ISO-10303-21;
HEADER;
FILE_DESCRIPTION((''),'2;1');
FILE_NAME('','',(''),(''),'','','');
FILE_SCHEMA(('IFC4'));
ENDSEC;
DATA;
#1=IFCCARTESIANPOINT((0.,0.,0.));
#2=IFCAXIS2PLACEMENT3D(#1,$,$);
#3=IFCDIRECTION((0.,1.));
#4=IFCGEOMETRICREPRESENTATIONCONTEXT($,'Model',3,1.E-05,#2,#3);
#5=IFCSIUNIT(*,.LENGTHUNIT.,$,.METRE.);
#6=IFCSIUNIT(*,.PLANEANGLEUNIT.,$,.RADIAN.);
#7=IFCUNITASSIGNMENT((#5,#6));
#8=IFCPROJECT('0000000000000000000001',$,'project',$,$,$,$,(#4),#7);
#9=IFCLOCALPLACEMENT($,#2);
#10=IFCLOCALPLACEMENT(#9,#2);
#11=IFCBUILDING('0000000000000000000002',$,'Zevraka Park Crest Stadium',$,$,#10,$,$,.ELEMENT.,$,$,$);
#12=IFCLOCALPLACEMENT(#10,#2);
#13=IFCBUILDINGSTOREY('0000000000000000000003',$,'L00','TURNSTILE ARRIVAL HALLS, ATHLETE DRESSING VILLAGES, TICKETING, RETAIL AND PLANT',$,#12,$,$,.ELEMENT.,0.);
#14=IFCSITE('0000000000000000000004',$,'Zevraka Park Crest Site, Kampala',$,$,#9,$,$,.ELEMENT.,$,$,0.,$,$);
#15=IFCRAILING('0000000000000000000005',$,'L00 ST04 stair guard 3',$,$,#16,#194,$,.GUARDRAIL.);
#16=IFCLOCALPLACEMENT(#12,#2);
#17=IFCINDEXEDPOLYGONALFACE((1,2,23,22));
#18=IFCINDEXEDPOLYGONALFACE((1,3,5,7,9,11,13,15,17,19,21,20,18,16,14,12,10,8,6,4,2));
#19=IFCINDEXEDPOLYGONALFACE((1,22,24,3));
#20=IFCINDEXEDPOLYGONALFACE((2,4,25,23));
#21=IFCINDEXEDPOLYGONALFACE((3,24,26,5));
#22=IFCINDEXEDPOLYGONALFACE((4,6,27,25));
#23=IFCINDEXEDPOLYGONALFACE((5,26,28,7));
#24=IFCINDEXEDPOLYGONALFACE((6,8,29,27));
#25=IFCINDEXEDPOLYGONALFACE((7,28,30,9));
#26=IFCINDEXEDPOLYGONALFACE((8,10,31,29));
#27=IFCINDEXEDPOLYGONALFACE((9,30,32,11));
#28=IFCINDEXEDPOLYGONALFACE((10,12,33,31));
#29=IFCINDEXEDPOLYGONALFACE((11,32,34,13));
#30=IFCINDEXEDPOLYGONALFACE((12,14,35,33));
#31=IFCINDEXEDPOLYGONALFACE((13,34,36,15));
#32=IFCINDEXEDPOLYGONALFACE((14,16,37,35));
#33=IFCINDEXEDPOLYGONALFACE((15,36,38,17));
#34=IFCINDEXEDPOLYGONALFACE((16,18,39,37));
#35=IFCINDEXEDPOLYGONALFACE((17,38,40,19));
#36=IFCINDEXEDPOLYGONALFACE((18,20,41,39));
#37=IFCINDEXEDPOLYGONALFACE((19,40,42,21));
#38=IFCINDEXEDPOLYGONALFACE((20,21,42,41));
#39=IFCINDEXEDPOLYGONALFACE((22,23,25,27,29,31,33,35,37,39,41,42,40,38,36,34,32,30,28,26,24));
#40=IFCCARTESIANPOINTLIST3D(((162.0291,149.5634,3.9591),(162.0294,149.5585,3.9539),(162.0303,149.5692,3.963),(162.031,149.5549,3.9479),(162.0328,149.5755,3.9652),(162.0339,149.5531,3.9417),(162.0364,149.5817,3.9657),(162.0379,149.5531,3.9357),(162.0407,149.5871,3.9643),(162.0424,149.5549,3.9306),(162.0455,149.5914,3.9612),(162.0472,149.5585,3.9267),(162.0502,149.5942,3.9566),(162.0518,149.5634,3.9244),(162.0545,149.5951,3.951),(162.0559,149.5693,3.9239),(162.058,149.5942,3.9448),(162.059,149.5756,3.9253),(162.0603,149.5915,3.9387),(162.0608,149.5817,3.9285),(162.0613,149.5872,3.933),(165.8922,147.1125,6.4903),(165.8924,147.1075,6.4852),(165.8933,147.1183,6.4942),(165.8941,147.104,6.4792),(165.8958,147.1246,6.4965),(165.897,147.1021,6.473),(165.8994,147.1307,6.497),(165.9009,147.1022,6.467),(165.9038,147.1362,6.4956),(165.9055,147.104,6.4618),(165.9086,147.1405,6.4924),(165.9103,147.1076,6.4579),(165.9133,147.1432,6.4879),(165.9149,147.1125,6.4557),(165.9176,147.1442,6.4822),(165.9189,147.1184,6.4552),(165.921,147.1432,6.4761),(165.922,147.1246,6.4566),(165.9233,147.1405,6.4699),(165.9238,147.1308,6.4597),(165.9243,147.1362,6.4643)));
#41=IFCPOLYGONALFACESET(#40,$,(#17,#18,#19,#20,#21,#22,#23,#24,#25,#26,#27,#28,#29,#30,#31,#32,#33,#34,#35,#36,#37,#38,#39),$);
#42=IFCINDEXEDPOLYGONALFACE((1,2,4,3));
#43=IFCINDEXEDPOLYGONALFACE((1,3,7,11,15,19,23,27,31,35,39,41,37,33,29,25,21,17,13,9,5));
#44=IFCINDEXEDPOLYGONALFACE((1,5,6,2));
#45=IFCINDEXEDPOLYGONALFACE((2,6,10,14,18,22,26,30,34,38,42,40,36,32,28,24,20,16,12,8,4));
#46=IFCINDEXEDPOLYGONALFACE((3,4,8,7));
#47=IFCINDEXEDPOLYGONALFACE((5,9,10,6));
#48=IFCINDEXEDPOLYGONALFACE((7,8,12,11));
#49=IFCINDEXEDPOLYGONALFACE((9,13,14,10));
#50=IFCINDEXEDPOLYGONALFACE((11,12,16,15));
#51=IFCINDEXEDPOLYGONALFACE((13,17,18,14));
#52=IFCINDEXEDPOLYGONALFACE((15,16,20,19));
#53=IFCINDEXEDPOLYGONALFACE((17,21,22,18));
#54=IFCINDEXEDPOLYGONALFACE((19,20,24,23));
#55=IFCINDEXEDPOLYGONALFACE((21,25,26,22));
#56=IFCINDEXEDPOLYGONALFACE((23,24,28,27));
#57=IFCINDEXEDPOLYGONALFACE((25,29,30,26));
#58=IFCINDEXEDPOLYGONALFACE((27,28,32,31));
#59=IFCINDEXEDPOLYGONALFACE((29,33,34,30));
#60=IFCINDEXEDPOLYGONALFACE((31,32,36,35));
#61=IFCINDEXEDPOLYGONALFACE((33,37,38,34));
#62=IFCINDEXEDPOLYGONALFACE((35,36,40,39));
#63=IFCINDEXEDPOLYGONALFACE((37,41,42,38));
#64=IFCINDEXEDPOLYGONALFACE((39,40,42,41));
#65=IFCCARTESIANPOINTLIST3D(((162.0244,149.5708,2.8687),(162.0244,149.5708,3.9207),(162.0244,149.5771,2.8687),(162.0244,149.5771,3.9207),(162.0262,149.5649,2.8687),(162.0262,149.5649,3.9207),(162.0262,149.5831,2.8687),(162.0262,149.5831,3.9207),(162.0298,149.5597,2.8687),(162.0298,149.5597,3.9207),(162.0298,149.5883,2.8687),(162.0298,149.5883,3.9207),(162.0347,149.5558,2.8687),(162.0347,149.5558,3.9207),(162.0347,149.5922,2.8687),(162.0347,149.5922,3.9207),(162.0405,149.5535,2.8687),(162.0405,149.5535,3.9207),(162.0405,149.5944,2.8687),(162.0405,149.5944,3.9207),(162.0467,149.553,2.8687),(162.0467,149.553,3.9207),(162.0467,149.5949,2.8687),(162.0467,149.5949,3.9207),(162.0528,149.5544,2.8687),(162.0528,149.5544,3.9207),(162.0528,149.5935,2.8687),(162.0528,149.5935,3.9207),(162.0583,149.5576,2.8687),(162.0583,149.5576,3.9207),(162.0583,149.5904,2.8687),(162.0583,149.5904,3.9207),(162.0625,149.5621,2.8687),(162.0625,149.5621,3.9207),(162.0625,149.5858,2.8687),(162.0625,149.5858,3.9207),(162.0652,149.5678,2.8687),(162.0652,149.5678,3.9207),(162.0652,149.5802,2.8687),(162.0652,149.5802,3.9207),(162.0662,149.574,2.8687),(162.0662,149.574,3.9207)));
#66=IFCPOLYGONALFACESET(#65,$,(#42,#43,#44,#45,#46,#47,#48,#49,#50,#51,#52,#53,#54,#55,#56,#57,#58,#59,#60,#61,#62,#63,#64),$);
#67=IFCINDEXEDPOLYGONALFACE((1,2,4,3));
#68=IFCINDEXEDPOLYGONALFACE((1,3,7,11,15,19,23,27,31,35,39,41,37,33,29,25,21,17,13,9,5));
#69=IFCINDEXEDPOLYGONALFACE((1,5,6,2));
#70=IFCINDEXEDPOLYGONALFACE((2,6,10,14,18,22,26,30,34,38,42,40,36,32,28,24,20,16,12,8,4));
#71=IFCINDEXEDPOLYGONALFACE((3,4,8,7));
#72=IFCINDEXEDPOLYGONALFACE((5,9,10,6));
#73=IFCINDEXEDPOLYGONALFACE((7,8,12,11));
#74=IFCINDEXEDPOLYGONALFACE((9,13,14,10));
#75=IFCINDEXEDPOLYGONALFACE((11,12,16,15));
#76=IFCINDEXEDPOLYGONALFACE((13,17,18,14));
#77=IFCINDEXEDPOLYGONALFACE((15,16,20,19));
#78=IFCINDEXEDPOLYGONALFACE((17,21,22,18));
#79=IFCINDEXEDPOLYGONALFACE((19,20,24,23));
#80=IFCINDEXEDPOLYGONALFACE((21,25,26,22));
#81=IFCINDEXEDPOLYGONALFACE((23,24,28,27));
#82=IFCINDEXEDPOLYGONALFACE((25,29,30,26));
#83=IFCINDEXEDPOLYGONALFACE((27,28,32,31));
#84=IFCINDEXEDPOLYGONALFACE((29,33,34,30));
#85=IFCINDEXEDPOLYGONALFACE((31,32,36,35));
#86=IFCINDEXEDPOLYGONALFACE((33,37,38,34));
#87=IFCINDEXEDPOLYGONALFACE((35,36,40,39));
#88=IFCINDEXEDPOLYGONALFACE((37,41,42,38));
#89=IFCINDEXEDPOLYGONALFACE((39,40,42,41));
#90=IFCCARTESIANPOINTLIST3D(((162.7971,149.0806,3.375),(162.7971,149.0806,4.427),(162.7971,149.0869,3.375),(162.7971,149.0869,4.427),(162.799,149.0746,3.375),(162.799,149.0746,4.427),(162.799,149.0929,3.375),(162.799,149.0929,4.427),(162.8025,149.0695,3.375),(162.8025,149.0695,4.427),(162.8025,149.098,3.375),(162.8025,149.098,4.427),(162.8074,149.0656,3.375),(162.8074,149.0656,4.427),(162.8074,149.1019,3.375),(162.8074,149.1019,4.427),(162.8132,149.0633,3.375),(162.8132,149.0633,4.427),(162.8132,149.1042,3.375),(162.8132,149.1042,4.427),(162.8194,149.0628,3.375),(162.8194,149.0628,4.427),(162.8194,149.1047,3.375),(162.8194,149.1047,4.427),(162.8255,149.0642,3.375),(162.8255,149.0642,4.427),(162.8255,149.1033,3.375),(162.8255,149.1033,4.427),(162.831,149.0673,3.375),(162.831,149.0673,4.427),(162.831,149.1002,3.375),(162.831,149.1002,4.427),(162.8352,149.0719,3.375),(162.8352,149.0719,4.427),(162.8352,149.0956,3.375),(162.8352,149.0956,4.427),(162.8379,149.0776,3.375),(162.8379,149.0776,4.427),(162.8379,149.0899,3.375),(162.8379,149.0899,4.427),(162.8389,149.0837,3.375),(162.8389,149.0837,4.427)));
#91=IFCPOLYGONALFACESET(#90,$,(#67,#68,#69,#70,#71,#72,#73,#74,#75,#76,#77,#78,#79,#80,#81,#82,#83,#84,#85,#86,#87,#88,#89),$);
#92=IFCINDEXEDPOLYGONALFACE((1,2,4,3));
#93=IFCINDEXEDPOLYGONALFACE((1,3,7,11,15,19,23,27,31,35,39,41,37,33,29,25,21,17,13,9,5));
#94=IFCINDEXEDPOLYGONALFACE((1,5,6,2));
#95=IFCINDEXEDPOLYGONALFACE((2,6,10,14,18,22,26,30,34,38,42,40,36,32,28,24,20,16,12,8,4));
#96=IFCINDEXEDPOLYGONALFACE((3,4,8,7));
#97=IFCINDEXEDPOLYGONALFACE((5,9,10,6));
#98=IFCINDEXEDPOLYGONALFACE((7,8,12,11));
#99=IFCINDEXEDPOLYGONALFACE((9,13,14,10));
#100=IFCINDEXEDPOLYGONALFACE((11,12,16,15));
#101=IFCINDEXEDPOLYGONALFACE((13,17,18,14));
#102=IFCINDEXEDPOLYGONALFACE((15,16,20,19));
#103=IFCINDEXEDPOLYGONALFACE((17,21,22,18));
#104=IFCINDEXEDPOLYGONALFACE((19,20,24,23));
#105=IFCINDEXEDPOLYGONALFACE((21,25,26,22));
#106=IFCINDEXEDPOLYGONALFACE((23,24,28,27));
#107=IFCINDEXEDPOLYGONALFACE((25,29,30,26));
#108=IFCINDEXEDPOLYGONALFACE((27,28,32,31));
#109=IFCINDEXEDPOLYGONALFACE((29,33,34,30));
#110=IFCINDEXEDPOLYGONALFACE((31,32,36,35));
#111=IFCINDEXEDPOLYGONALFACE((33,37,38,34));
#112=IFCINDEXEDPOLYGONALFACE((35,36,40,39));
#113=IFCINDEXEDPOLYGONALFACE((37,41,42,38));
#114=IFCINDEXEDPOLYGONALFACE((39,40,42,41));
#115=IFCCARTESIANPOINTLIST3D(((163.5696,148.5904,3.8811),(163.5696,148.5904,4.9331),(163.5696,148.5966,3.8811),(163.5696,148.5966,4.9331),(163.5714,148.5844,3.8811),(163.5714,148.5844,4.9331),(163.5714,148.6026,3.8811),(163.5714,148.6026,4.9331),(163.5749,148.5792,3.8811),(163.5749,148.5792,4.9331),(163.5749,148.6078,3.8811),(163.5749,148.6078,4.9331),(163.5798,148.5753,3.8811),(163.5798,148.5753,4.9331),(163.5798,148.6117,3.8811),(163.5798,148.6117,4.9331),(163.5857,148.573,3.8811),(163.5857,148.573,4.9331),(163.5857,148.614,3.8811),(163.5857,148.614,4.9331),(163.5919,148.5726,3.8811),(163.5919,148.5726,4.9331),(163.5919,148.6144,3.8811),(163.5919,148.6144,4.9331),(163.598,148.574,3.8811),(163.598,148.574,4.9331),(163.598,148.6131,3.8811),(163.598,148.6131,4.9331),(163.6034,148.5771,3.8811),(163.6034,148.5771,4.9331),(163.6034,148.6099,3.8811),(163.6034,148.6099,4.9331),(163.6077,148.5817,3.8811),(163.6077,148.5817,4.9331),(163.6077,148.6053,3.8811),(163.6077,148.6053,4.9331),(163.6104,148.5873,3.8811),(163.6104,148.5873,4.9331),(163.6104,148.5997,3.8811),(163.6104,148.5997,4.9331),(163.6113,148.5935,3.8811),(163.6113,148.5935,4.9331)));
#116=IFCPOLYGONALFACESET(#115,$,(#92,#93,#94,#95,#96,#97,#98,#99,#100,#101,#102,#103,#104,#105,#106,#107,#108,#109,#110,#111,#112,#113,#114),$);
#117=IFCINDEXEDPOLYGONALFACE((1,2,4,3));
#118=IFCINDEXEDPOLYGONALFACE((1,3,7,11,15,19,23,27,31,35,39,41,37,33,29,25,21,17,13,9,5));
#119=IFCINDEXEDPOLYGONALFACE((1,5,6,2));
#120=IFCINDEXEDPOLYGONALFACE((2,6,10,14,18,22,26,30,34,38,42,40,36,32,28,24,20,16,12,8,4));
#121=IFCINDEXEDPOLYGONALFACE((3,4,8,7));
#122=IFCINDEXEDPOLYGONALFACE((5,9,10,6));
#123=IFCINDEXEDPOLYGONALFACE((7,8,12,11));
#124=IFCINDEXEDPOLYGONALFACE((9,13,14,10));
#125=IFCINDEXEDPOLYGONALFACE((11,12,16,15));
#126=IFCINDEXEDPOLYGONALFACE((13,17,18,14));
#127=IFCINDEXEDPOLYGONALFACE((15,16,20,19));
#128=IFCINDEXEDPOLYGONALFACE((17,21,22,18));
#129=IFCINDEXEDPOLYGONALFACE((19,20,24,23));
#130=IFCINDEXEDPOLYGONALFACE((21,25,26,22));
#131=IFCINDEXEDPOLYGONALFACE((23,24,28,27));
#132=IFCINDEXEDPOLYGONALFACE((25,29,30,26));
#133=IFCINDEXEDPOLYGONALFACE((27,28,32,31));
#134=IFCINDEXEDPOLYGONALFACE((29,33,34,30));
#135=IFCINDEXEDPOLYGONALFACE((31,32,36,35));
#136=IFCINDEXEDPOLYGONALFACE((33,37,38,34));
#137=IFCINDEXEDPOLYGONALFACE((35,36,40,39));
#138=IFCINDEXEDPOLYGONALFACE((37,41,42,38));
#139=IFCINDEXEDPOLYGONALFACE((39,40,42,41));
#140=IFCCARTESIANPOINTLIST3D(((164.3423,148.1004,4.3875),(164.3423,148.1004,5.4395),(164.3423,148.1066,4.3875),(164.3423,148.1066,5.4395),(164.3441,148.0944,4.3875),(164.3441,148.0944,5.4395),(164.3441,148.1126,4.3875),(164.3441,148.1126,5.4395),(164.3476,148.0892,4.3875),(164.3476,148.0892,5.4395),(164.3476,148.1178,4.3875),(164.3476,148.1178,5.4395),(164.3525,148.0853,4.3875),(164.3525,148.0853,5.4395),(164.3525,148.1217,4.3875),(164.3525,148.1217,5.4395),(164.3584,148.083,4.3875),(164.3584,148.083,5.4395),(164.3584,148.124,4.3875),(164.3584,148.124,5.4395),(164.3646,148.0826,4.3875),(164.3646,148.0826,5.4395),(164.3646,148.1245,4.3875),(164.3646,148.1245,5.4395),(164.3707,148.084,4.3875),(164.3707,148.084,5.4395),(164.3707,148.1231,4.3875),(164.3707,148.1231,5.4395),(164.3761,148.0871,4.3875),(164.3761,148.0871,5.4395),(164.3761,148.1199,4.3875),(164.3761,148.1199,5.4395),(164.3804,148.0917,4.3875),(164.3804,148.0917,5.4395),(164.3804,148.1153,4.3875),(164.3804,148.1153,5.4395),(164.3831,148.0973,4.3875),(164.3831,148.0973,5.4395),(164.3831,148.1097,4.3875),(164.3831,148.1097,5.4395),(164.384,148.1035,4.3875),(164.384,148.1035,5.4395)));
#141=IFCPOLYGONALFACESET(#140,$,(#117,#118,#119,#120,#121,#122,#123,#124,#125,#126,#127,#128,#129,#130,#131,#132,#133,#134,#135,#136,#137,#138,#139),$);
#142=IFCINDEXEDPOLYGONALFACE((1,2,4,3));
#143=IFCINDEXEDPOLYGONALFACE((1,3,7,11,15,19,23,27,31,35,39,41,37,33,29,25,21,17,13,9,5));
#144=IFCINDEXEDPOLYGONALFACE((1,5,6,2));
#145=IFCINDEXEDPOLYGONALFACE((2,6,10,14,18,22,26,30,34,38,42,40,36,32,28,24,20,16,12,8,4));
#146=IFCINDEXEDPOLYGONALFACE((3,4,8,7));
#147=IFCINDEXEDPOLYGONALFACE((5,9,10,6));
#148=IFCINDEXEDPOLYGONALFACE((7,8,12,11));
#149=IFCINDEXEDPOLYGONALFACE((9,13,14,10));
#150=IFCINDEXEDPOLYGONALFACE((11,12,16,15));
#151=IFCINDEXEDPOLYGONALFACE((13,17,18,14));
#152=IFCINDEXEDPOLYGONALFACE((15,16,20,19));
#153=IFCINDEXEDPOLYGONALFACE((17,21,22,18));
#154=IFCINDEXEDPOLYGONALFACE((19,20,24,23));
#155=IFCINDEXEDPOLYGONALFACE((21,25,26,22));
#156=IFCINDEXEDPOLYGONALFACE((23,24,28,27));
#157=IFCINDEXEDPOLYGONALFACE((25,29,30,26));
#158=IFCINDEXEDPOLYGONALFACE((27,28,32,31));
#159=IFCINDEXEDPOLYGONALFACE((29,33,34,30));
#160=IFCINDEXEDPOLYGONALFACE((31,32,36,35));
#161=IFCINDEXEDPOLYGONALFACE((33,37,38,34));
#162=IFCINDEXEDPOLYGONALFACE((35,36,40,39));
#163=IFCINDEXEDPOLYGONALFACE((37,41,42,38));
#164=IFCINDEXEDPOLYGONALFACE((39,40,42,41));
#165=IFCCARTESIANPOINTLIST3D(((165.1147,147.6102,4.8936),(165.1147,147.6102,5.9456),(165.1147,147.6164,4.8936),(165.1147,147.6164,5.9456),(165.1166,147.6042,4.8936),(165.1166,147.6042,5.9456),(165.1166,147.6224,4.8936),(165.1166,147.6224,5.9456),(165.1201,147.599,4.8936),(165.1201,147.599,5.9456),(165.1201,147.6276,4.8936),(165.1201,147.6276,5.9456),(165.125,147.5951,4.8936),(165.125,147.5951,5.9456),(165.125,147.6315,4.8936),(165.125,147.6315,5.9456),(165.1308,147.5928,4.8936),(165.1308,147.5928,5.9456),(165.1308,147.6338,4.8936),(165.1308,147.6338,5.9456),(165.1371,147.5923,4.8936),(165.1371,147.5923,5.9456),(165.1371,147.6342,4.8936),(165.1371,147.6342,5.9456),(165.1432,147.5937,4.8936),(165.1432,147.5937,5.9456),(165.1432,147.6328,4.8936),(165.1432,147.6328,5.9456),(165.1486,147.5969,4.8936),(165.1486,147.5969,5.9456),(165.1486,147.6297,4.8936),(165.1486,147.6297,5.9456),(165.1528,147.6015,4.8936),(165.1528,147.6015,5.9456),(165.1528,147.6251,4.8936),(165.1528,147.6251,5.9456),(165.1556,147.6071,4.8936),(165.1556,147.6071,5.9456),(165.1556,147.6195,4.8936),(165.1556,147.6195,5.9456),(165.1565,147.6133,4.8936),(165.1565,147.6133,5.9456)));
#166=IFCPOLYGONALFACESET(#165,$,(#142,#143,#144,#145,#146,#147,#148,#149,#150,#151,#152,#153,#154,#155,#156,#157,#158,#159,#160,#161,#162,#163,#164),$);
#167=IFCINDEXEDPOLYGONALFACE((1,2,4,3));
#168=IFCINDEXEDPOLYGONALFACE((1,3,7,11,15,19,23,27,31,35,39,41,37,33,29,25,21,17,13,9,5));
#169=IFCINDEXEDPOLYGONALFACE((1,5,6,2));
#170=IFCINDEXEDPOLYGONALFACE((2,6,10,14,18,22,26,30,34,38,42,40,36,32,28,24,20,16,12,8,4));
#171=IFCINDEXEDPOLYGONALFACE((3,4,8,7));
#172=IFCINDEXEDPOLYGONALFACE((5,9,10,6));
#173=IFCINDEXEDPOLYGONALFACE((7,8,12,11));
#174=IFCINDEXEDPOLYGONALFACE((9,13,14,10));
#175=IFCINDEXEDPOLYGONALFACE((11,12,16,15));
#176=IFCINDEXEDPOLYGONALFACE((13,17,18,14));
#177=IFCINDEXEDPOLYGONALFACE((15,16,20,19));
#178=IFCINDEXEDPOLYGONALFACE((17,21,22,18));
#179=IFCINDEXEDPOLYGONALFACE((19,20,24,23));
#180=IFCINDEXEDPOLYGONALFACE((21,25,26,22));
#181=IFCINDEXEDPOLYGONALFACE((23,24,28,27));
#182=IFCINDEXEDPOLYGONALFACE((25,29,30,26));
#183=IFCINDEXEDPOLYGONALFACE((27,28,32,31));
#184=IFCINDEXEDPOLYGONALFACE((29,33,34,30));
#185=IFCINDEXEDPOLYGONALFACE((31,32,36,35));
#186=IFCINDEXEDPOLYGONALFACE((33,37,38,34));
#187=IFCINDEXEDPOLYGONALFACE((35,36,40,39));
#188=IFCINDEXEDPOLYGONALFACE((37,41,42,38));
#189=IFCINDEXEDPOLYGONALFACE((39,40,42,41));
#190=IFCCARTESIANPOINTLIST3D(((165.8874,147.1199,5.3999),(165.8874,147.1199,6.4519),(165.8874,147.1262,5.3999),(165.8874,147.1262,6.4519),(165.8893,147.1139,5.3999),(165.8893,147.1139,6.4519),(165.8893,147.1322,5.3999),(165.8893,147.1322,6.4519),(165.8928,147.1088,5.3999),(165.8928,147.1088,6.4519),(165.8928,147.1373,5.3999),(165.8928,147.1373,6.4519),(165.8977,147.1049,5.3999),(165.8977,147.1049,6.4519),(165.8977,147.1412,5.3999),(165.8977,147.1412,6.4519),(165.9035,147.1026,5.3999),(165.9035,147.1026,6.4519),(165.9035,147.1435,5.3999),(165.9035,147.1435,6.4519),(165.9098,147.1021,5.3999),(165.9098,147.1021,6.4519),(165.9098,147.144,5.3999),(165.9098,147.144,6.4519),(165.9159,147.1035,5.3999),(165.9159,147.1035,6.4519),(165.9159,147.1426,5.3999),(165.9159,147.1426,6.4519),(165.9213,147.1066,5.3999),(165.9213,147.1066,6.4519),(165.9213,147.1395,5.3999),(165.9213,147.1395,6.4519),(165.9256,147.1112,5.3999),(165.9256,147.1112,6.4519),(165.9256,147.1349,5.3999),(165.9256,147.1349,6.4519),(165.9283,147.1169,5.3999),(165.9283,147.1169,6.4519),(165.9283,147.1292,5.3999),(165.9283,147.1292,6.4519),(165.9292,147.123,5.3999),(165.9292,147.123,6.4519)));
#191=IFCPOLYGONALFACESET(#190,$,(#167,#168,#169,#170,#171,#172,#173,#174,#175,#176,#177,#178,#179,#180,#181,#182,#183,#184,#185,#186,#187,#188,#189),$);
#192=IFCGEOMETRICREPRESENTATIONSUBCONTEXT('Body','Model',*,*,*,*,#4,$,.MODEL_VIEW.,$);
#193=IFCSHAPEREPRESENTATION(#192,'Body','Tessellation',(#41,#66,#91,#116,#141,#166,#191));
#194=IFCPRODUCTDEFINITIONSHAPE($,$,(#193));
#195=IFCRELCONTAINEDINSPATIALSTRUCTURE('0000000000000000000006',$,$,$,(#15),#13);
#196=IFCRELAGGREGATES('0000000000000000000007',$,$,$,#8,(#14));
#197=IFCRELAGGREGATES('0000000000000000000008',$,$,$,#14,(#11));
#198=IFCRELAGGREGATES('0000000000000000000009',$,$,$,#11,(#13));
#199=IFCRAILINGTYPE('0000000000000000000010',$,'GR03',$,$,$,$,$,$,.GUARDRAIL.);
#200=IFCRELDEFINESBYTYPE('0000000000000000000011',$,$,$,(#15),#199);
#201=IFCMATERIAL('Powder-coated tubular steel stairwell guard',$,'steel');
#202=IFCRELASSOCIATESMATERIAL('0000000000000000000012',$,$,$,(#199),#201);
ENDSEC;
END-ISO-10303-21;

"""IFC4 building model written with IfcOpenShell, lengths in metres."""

from ifc_helpers import new_model, si_unit, direction, frame, origin, origin_2d, place, context, subcontext, project, spatial, circle, extrude, material, type_object, element, save


model = new_model("IFC4")

# Units and contexts
model_context = context("Model", 3, precision=1e-05, world=origin(), true_north=direction((0.0, 1.0)))
body_context = subcontext(model_context, "Body", "Model", "MODEL_VIEW")
ifc_project = project(units=[si_unit("LENGTHUNIT", "METRE"), si_unit("PLANEANGLEUNIT", "RADIAN")], contexts=[model_context])

# Site, building, storey
site_placement = place(None, origin())
site = spatial("IfcSite", under=ifc_project, at=site_placement, Name="Zevraka Park Crest Site, Kampala", CompositionType="ELEMENT", RefElevation=0.0)
building_placement = place(site_placement, origin())
building = spatial("IfcBuilding", under=site, at=building_placement, Name="Zevraka Park Crest Stadium", CompositionType="ELEMENT")
storey_placement = place(building_placement, origin())
storey = spatial("IfcBuildingStorey", under=building, at=storey_placement, Name="L00", Description="TURNSTILE ARRIVAL HALLS, ATHLETE DRESSING VILLAGES, TICKETING, RETAIL AND PLANT", CompositionType="ELEMENT", Elevation=0.0)

# Railing
ifc_material_1 = material(Name="Powder-coated tubular steel stairwell guard", Category="steel")
railing_type_1 = type_object("IfcRailingType", Name="GR03", PredefinedType="GUARDRAIL", material=ifc_material_1)
railing_1_placement = place(storey_placement, frame((162.0452, 149.574, 2.8687)))
element("IfcRailing", 1, at=railing_1_placement, inside=storey, type_object=railing_type_1, Name="L00 ST04 stair guard 3", PredefinedType="GUARDRAIL", context=body_context, shape_type="SweptSolid", body=[
    extrude(circle(Radius=0.0239, at=origin_2d()), frame((0.0, 0.0, 1.0762), z_axis=(0.738841, -0.468762, 0.484124), x_axis=(0.535729, 0.84439, 0.0)), (0.0, 0.0, 1.0), 5.2285),
    extrude(circle(Radius=0.021, at=origin_2d()), origin(), (0.0, 0.0, 1.0), 1.052),
    extrude(circle(Radius=0.021, at=origin_2d()), frame((0.7727, -0.4902, 0.5063)), (0.0, 0.0, 1.0), 1.052),
    extrude(circle(Radius=0.021, at=origin_2d()), frame((1.5452, -0.9805, 1.0125)), (0.0, 0.0, 1.0), 1.052),
    extrude(circle(Radius=0.021, at=origin_2d()), frame((2.3179, -1.4705, 1.5188)), (0.0, 0.0, 1.0), 1.052),
    extrude(circle(Radius=0.021, at=origin_2d()), frame((3.0903, -1.9607, 2.0249)), (0.0, 0.0, 1.0), 1.052),
    extrude(circle(Radius=0.021, at=origin_2d()), frame((3.863, -2.4509, 2.5312)), (0.0, 0.0, 1.0), 1.052),
])

save(model, "model.ifc")
